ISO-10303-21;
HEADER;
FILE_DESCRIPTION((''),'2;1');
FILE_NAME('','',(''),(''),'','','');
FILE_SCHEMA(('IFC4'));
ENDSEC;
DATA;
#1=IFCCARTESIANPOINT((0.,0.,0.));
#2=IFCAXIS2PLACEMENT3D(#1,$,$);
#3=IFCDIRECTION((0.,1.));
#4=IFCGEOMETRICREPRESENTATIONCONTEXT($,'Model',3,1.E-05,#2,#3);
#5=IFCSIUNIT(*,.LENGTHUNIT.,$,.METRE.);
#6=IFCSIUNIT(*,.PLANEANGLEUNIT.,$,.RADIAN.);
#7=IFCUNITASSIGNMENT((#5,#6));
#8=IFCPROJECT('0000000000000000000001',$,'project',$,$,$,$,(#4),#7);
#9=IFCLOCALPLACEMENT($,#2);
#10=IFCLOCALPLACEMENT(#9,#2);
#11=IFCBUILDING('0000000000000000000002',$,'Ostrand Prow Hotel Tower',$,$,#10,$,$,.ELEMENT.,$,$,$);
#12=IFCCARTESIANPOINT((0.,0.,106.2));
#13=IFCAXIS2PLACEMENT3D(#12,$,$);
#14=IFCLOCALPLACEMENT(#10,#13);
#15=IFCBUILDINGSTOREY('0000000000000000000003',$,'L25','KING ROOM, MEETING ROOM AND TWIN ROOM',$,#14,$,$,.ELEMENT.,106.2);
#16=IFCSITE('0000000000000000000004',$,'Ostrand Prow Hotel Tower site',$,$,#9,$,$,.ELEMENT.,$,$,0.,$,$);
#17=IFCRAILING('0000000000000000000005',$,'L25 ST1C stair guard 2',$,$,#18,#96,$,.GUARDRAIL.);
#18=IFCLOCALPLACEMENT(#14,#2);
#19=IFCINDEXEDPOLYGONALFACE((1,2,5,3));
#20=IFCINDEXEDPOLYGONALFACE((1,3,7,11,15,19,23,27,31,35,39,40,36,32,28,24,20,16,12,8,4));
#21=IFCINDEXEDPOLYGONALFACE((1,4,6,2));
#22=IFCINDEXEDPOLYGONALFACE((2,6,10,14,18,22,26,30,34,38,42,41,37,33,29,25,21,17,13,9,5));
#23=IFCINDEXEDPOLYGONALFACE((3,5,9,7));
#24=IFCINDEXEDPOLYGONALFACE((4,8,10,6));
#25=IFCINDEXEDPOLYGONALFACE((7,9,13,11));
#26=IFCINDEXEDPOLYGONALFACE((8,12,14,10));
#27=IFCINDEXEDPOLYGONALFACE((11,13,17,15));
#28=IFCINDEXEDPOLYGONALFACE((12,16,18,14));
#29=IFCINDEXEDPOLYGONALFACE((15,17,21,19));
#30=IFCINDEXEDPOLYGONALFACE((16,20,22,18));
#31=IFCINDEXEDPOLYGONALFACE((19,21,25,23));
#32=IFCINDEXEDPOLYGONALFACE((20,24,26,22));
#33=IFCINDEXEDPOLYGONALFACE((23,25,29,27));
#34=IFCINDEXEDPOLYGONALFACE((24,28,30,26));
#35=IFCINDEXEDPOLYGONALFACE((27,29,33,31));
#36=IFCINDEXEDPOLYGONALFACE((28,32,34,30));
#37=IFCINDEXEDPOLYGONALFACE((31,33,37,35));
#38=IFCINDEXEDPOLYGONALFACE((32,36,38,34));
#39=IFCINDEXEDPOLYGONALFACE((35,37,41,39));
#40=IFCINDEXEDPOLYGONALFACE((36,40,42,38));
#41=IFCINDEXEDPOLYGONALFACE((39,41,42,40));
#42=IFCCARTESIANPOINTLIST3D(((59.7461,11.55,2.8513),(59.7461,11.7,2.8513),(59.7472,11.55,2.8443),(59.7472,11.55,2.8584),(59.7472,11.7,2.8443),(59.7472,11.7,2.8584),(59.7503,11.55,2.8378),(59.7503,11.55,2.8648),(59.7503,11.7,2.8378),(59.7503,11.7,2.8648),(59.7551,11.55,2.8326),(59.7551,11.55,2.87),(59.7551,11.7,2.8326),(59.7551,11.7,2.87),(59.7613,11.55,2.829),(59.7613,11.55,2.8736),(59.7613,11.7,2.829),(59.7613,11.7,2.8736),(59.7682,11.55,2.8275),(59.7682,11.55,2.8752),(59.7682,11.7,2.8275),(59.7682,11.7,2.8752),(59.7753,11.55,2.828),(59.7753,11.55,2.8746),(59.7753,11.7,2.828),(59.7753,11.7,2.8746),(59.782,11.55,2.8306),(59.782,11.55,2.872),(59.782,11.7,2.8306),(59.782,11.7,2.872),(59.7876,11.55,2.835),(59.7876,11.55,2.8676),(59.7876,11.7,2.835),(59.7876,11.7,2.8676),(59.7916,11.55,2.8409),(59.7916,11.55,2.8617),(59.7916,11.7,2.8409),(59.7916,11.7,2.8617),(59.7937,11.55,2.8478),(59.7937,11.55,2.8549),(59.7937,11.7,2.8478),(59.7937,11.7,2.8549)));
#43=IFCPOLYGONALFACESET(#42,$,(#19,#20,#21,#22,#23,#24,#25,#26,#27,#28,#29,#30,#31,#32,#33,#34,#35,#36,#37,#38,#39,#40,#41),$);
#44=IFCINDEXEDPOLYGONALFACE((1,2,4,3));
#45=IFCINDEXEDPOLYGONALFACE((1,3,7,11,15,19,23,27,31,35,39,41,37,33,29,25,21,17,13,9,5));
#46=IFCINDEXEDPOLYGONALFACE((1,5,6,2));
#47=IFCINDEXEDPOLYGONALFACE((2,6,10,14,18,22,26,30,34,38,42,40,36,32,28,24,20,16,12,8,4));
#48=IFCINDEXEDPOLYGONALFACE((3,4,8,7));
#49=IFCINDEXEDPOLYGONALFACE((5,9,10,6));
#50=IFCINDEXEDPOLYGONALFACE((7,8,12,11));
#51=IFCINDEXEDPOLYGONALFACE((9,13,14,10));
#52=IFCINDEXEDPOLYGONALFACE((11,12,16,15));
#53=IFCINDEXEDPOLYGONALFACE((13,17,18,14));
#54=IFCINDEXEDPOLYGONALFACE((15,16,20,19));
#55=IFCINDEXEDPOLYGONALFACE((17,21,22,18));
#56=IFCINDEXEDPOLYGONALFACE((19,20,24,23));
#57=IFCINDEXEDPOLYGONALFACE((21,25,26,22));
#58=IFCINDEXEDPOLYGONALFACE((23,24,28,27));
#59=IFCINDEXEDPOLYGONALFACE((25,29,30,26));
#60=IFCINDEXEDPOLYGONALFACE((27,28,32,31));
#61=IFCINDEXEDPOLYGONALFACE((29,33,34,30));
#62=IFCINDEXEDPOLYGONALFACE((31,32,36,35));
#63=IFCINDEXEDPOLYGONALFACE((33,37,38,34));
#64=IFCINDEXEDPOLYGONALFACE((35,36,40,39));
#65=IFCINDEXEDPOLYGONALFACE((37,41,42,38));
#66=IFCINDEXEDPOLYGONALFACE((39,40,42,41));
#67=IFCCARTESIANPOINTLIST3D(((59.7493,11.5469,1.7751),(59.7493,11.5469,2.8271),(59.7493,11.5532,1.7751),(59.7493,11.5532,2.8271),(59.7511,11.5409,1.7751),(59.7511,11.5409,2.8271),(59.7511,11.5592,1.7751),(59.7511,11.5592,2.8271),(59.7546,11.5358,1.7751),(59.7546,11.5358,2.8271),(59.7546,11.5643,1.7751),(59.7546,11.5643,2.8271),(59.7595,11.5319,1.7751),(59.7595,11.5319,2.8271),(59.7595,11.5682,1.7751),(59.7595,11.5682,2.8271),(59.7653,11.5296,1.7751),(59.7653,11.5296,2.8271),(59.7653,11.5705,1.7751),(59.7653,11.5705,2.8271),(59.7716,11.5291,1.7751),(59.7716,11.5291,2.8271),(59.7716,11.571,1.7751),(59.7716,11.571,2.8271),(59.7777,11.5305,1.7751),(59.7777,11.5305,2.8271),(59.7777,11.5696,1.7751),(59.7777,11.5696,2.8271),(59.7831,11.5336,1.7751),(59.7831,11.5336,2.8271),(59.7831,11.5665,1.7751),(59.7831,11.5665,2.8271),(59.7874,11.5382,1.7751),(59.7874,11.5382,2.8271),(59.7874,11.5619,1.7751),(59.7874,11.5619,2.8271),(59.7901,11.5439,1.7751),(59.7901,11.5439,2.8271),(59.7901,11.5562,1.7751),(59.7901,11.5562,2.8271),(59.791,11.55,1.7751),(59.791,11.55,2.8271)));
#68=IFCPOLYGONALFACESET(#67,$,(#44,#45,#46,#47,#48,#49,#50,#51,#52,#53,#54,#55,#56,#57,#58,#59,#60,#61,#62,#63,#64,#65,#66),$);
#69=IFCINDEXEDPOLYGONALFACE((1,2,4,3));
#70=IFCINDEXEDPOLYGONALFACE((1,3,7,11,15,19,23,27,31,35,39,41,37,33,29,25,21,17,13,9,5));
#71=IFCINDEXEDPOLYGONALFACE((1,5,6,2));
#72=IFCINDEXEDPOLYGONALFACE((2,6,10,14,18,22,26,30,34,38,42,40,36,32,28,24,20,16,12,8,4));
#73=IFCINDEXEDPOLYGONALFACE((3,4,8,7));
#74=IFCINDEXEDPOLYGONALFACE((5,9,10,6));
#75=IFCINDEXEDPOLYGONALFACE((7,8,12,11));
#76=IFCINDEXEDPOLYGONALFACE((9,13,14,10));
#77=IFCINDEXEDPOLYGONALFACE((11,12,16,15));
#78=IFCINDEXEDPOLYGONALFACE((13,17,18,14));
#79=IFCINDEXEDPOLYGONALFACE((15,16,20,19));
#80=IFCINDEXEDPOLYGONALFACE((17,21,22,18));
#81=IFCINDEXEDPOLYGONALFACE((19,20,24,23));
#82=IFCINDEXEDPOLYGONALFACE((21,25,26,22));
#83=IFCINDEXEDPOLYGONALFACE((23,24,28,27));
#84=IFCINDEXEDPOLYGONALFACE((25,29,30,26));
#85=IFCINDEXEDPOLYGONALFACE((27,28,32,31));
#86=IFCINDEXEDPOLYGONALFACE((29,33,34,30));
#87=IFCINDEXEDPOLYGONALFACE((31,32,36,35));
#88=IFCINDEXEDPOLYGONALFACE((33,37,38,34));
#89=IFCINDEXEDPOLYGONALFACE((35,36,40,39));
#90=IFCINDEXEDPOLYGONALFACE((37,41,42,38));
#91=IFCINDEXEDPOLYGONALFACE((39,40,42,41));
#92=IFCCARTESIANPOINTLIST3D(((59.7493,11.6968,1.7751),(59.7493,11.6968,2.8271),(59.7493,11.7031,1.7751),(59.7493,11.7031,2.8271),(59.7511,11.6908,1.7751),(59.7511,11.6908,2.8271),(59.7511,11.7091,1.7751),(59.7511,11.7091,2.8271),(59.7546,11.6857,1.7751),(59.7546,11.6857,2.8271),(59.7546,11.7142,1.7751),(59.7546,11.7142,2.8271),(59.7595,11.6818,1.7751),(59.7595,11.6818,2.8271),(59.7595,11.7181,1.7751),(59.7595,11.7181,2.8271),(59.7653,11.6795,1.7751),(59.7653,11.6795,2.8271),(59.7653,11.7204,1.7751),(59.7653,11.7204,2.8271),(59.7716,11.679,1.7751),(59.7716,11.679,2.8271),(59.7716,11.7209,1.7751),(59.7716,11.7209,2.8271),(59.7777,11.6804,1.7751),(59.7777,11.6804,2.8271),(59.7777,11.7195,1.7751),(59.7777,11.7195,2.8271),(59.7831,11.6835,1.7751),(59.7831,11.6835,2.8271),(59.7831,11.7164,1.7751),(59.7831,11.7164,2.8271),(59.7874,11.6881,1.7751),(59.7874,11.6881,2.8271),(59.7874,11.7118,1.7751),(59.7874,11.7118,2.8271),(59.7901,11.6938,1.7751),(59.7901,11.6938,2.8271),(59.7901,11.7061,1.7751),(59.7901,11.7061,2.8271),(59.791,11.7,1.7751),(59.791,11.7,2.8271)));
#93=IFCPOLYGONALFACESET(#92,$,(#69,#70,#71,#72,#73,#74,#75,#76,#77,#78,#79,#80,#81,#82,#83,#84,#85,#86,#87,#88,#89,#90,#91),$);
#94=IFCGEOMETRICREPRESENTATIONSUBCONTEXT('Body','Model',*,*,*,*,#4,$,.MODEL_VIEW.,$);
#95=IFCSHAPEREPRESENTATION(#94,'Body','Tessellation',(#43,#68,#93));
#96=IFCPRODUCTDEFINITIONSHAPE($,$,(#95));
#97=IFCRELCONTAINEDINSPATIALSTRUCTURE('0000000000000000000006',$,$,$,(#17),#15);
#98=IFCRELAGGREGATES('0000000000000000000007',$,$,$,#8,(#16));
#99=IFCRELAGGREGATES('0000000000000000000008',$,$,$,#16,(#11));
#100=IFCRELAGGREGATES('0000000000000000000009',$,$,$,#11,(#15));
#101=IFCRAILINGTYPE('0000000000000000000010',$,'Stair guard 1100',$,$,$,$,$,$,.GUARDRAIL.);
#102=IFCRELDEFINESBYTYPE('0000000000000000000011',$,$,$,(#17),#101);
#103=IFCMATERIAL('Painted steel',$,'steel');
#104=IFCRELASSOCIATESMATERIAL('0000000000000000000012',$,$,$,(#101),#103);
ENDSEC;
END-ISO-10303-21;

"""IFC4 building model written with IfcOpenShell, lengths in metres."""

from ifc_helpers import new_model, si_unit, direction, frame, origin, origin_2d, place, context, subcontext, project, spatial, circle, extrude, material, type_object, element, save


model = new_model("IFC4")

# Units and contexts
model_context = context("Model", 3, precision=1e-05, world=origin(), true_north=direction((0.0, 1.0)))
body_context = subcontext(model_context, "Body", "Model", "MODEL_VIEW")
ifc_project = project(units=[si_unit("LENGTHUNIT", "METRE"), si_unit("PLANEANGLEUNIT", "RADIAN")], contexts=[model_context])

# Site, building, storey
site_placement = place(None, origin())
site = spatial("IfcSite", under=ifc_project, at=site_placement, Name="Ostrand Prow Hotel Tower site", CompositionType="ELEMENT", RefElevation=0.0)
building_placement = place(site_placement, origin())
building = spatial("IfcBuilding", under=site, at=building_placement, Name="Ostrand Prow Hotel Tower", CompositionType="ELEMENT")
storey_placement = place(building_placement, frame((0.0, 0.0, 106.2)))
storey = spatial("IfcBuildingStorey", under=building, at=storey_placement, Name="L25", Description="KING ROOM, MEETING ROOM AND TWIN ROOM", CompositionType="ELEMENT", Elevation=106.2)

# Railing
ifc_material_1 = material(Name="Painted steel", Category="steel")
railing_type_1 = type_object("IfcRailingType", Name="Stair guard 1100", PredefinedType="GUARDRAIL", material=ifc_material_1)
railing_1_placement = place(storey_placement, frame((59.77, 11.55, 1.7751)))
element("IfcRailing", 1, at=railing_1_placement, inside=storey, type_object=railing_type_1, Name="L25 ST1C stair guard 2", PredefinedType="GUARDRAIL", context=body_context, shape_type="SweptSolid", body=[
    extrude(circle(Radius=0.0239, at=origin_2d()), frame((0.0, 0.0, 1.0762), z_axis=(0.0, 1.0, 0.0), x_axis=(-1.0, 0.0, 0.0)), (0.0, 0.0, 1.0), 0.1499),
    extrude(circle(Radius=0.021, at=origin_2d()), origin(), (0.0, 0.0, 1.0), 1.052),
    extrude(circle(Radius=0.021, at=origin_2d()), frame((0.0, 0.1499, 0.0)), (0.0, 0.0, 1.0), 1.052),
])

save(model, "model.ifc")
